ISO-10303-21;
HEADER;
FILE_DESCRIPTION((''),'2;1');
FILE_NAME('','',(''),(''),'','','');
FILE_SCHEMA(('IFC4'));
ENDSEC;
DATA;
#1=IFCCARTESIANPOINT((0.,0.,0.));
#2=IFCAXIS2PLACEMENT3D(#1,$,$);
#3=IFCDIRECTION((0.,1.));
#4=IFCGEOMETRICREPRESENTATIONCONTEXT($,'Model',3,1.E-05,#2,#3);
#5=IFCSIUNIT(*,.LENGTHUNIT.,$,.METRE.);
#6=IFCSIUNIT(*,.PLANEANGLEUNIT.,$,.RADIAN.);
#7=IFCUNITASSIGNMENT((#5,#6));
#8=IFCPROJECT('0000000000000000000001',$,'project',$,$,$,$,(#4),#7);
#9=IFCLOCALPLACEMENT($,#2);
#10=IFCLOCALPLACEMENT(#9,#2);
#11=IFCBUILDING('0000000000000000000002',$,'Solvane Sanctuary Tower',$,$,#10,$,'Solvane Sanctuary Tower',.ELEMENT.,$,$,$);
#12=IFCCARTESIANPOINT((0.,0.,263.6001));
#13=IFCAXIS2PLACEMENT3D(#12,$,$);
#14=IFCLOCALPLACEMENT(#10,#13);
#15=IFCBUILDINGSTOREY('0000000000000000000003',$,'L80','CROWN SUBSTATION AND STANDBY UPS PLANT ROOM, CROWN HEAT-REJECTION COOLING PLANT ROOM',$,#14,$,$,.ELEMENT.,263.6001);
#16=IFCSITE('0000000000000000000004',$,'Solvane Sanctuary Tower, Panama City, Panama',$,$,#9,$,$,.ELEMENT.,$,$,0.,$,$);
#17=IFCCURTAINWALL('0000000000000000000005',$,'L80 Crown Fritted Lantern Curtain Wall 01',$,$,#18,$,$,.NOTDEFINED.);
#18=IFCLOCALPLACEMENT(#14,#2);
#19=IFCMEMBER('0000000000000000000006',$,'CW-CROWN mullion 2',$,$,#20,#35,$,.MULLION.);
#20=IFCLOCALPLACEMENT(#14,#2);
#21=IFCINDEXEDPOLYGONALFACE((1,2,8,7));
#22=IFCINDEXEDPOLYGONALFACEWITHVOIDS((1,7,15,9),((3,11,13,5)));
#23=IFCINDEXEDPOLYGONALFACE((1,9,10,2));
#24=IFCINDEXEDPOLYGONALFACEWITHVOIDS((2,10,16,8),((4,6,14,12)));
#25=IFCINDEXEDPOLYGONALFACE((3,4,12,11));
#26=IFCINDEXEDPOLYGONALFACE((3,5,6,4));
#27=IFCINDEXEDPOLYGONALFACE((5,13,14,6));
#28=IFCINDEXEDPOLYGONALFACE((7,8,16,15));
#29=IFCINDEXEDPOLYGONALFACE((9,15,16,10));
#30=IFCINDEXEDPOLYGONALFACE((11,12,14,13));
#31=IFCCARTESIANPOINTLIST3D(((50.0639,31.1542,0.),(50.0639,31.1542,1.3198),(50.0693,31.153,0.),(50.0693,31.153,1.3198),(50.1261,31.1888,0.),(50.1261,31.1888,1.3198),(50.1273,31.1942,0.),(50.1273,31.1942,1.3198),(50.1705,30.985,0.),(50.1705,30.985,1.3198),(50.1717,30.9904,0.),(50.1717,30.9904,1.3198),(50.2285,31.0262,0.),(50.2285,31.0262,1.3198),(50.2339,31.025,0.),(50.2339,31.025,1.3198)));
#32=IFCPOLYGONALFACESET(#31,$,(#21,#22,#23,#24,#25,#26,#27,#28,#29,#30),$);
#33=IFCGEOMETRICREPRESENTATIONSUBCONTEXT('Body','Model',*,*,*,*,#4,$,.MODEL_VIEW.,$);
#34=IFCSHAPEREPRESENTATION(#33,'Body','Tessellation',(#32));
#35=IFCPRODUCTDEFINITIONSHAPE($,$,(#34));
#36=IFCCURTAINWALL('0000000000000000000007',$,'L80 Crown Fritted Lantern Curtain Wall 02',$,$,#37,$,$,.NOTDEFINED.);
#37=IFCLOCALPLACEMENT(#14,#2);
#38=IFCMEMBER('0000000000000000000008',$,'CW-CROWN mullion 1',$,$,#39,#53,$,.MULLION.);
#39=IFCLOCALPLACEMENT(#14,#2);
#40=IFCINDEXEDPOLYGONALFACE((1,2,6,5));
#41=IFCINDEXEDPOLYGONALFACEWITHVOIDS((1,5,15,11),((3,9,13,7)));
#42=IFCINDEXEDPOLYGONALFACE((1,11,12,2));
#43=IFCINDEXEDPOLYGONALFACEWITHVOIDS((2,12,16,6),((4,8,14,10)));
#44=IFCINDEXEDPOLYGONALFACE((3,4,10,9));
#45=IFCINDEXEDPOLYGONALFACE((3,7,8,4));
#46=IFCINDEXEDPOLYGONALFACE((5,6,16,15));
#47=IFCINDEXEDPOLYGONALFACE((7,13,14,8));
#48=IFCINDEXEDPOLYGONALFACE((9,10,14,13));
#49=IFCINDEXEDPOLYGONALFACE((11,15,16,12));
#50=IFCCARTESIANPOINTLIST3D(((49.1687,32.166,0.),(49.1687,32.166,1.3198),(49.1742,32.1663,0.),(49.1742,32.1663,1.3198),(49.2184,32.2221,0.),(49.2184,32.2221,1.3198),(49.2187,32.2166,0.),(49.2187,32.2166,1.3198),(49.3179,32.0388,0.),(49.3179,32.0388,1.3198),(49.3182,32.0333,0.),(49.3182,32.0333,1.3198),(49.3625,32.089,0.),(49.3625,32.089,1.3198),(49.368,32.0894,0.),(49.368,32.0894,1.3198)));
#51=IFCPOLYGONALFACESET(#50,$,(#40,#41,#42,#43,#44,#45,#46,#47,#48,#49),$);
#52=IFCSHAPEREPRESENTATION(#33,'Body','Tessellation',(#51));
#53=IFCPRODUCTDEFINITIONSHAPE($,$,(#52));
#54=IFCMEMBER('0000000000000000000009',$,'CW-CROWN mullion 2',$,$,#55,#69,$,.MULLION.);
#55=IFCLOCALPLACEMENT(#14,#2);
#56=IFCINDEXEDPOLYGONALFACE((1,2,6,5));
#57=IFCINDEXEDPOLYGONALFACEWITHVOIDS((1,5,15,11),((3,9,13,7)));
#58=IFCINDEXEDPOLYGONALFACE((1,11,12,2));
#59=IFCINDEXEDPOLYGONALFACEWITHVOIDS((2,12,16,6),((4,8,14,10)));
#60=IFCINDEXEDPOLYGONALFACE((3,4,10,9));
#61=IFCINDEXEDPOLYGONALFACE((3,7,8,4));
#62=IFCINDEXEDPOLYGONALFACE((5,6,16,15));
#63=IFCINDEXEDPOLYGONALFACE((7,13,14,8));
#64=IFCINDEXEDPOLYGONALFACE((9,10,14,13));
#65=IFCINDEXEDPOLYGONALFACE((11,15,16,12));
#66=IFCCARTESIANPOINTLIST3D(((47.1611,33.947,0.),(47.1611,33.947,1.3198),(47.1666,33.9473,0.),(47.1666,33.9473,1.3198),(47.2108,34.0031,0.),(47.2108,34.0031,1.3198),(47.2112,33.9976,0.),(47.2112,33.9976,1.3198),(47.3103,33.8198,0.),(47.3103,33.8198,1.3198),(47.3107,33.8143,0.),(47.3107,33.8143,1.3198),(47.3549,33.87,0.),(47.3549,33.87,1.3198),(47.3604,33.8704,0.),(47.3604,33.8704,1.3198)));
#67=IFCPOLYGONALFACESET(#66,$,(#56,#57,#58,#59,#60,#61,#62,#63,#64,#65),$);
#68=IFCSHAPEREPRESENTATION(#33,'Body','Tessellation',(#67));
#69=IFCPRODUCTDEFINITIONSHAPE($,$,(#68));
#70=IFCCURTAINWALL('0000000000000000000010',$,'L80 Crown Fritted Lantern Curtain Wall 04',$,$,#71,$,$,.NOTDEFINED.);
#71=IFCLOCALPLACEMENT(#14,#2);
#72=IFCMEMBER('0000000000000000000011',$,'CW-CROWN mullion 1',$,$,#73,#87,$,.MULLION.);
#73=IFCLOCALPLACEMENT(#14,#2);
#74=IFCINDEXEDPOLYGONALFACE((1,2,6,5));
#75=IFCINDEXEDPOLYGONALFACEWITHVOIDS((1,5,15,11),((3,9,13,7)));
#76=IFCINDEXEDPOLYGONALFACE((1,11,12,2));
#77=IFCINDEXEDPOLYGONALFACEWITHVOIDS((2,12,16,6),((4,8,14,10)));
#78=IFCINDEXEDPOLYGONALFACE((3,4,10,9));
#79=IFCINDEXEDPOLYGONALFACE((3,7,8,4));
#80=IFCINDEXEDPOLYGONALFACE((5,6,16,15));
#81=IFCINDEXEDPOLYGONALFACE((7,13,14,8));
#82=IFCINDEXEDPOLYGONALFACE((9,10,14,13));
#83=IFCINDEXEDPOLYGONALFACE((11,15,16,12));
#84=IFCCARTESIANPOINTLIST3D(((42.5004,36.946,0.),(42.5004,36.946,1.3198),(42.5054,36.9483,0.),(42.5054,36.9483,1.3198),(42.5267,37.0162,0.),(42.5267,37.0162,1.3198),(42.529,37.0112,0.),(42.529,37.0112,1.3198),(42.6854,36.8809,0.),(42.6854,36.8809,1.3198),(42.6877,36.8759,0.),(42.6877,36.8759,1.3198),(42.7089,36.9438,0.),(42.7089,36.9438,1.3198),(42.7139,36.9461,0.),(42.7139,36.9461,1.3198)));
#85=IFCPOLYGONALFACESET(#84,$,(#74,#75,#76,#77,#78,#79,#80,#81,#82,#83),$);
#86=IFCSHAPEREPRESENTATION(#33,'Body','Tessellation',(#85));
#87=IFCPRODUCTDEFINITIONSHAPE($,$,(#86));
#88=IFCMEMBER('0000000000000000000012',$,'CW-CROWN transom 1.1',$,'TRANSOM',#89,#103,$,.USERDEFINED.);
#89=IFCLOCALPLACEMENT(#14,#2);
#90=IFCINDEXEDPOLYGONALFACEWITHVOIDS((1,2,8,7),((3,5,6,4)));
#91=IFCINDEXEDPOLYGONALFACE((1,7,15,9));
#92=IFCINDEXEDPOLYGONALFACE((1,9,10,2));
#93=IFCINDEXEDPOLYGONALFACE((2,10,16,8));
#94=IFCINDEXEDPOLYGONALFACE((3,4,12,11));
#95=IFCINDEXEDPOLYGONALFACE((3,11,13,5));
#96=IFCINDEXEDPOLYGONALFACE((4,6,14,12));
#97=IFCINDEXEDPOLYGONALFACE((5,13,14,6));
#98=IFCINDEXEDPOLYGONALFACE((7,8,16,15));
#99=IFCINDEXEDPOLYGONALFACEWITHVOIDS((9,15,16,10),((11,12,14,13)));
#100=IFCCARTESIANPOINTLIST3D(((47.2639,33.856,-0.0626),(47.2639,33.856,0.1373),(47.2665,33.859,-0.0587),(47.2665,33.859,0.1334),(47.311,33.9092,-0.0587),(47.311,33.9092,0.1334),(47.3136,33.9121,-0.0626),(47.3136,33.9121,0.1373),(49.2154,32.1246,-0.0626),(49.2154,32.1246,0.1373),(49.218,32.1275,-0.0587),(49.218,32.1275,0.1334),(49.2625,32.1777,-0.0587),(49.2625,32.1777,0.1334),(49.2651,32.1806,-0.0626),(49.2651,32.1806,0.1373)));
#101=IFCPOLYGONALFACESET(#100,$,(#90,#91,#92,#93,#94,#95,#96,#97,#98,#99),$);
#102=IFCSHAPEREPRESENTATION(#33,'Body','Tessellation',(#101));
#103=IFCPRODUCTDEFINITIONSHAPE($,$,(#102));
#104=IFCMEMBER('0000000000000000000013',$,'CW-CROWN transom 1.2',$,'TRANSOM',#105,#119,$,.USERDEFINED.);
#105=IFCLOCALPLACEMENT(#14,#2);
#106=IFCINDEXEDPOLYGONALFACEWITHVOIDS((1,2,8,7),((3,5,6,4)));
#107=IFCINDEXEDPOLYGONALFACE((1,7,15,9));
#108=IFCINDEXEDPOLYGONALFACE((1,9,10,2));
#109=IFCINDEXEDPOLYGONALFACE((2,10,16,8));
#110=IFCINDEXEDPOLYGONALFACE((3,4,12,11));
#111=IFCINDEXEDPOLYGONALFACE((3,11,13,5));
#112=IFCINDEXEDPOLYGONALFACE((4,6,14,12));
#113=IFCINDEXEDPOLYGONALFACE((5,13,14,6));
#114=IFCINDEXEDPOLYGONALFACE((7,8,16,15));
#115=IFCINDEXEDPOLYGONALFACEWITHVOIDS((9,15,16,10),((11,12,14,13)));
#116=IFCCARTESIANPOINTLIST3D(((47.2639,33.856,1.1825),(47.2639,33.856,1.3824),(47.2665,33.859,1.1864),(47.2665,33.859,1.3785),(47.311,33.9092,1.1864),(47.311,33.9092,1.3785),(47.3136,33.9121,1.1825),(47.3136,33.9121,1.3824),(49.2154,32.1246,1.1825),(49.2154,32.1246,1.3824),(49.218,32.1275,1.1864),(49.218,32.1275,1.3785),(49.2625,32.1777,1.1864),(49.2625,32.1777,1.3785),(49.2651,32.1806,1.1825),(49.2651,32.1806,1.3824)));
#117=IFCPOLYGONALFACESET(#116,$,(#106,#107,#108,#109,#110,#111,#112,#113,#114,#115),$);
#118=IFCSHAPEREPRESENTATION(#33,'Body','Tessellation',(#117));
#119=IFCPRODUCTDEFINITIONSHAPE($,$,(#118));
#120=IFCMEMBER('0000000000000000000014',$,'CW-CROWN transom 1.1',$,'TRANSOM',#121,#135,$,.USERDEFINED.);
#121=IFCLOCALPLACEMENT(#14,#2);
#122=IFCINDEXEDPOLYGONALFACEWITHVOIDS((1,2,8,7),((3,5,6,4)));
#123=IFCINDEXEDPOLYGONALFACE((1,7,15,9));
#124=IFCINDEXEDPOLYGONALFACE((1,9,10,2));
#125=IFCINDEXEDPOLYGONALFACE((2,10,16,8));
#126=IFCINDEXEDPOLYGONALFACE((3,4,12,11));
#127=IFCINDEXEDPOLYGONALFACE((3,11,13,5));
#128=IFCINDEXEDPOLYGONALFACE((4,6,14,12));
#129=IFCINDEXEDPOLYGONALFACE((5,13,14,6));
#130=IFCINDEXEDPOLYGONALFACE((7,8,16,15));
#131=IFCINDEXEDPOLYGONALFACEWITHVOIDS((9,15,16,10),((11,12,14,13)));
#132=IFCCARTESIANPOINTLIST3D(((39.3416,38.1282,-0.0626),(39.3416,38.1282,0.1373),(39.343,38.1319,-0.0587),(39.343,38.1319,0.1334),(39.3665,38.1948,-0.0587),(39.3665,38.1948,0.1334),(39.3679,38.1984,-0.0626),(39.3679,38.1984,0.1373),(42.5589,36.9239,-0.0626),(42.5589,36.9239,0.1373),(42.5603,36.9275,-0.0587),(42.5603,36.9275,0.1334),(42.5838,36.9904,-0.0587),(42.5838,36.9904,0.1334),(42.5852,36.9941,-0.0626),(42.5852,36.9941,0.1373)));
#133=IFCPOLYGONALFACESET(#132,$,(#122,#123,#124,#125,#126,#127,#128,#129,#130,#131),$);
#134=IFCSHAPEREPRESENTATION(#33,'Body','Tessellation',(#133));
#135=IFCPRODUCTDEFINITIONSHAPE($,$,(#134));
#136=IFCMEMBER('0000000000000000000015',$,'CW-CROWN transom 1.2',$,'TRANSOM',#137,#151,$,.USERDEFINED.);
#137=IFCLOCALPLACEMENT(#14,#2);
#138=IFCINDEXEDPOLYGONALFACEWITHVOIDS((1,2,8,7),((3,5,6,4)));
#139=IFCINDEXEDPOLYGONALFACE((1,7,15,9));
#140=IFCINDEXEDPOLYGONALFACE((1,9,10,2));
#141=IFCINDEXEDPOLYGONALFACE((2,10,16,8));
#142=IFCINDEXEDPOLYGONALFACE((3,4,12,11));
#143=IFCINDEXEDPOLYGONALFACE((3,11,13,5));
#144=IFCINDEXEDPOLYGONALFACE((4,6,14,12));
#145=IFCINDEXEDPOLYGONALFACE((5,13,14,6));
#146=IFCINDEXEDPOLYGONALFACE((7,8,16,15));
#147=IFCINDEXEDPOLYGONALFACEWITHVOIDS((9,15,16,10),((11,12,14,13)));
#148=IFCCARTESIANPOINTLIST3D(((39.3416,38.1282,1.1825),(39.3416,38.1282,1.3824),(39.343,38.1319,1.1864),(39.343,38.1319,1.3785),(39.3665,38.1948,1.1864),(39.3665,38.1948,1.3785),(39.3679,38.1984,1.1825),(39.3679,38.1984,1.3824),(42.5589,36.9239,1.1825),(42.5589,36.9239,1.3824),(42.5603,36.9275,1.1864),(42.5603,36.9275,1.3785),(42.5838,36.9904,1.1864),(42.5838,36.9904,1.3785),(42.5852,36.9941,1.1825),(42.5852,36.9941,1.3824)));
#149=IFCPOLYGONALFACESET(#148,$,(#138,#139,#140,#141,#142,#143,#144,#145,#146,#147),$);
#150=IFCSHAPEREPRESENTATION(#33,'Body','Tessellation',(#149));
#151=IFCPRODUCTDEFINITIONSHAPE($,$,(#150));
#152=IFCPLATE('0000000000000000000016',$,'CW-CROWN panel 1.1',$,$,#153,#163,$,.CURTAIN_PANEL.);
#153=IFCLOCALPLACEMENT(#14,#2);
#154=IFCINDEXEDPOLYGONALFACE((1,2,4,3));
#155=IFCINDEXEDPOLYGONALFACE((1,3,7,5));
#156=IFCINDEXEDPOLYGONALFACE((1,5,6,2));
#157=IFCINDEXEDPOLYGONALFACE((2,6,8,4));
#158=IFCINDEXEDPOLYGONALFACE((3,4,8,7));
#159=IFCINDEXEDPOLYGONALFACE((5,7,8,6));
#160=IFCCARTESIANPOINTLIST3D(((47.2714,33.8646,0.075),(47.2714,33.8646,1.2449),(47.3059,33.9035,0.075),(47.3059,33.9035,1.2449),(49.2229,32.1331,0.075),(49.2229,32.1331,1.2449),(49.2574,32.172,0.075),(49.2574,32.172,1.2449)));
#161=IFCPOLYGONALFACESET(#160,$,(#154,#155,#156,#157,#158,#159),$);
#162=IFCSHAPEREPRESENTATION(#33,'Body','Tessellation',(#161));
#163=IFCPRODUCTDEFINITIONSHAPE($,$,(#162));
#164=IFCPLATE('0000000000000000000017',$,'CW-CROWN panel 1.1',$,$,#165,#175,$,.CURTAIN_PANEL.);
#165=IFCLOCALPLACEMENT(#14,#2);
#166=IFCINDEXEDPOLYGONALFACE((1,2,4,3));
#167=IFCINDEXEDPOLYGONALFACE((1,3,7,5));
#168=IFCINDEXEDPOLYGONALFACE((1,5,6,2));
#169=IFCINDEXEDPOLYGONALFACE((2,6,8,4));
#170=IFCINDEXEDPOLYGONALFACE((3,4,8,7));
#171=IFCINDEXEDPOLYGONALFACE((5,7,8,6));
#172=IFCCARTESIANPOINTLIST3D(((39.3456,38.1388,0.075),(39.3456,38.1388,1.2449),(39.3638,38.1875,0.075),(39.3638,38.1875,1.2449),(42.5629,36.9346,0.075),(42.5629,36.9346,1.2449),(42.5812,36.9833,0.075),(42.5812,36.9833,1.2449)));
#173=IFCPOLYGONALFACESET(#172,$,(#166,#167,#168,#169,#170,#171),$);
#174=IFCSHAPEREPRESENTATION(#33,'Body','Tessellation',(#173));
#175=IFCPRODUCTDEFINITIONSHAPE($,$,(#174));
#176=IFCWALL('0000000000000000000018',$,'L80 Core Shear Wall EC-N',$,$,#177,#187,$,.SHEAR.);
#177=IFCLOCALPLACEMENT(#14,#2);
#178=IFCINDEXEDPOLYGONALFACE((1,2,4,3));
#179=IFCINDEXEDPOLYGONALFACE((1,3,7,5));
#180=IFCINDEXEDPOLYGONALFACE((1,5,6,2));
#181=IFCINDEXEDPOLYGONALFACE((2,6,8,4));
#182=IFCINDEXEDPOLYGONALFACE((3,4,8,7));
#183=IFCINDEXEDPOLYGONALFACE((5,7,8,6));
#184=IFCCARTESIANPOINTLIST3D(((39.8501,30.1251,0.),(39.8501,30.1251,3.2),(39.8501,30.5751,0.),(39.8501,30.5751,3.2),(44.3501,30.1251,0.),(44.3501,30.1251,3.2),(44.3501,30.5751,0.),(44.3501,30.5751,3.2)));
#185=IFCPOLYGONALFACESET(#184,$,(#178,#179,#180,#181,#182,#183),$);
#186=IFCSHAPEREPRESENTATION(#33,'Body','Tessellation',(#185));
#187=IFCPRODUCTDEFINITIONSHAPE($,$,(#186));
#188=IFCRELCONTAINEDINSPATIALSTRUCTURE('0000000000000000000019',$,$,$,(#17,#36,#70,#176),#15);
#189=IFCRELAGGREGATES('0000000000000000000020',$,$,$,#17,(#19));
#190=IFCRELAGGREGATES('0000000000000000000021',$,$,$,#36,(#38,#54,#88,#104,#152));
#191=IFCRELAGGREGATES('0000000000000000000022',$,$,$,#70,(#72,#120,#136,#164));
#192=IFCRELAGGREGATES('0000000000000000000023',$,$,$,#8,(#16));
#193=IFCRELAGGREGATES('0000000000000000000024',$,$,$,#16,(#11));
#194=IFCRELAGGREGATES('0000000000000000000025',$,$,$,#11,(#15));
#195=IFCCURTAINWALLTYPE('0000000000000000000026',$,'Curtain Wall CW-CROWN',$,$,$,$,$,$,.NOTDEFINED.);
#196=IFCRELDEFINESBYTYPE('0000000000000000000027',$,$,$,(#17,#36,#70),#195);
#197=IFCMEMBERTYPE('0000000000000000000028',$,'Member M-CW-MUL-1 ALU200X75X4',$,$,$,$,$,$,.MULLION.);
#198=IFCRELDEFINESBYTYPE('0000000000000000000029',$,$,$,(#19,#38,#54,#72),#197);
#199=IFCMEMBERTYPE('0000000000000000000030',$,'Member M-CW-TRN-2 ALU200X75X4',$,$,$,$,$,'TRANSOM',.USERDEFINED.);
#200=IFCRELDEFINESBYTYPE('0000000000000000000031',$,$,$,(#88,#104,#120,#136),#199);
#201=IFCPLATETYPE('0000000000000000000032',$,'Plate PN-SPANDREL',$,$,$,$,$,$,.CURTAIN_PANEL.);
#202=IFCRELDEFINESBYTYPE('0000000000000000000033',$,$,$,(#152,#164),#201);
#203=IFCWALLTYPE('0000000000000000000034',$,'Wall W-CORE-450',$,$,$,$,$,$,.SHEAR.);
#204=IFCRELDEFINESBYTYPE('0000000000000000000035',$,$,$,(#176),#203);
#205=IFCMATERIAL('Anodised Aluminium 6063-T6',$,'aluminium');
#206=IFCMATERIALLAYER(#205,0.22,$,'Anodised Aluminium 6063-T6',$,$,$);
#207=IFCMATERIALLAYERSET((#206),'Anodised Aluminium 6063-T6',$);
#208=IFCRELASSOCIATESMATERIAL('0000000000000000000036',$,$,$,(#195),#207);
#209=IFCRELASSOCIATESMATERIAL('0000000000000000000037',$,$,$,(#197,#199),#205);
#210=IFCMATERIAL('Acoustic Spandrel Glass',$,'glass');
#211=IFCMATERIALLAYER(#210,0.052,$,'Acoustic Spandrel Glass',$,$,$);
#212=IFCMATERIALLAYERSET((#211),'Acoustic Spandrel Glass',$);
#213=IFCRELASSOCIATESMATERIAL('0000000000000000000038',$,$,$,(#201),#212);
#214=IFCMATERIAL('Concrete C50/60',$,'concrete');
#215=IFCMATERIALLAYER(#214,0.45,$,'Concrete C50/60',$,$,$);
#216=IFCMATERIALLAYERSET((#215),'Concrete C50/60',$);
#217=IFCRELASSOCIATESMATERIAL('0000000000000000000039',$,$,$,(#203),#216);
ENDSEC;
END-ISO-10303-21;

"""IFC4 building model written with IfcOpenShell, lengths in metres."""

from ifc_helpers import new_model, si_unit, direction, frame, frame_2d, origin, origin_2d, place, context, subcontext, project, spatial, rectangle, hollow_rectangle, extrude, material, layer, layer_set, material_profile, profile_set, type_object, element, aggregate, save


model = new_model("IFC4")

# Units and contexts
model_context = context("Model", 3, precision=1e-05, world=origin(), true_north=direction((0.0, 1.0)))
body_context = subcontext(model_context, "Body", "Model", "MODEL_VIEW")
ifc_project = project(units=[si_unit("LENGTHUNIT", "METRE"), si_unit("PLANEANGLEUNIT", "RADIAN")], contexts=[model_context])

# Site, building, storey
site_placement = place(None, origin())
site = spatial("IfcSite", under=ifc_project, at=site_placement, Name="Solvane Sanctuary Tower, Panama City, Panama", CompositionType="ELEMENT", RefElevation=0.0)
building_placement = place(site_placement, origin())
building = spatial("IfcBuilding", under=site, at=building_placement, Name="Solvane Sanctuary Tower", LongName="Solvane Sanctuary Tower", CompositionType="ELEMENT")
storey_placement = place(building_placement, frame((0.0, 0.0, 263.6001)))
storey = spatial("IfcBuildingStorey", under=building, at=storey_placement, Name="L80", Description="CROWN SUBSTATION AND STANDBY UPS PLANT ROOM, CROWN HEAT-REJECTION COOLING PLANT ROOM", CompositionType="ELEMENT", Elevation=263.6001)

# Curtain wall, member
ifc_material_1 = material(Name="Anodised Aluminium 6063-T6", Category="aluminium")
ifc_layer_1 = layer(ifc_material_1, 0.22, Name="Anodised Aluminium 6063-T6")
ifc_layer_set_1 = layer_set([ifc_layer_1], Name="Anodised Aluminium 6063-T6")
curtain_wall_type = type_object("IfcCurtainWallType", Name="Curtain Wall CW-CROWN", PredefinedType="NOTDEFINED", material=ifc_layer_set_1)
curtain_wall_1_placement = place(storey_placement, origin())
curtain_wall_1 = element("IfcCurtainWall", 1, at=curtain_wall_1_placement, inside=storey, type_object=curtain_wall_type, Name="L80 Crown Fritted Lantern Curtain Wall 01", PredefinedType="NOTDEFINED")
ifc_material_profile_1 = material_profile(ifc_material_1, hollow_rectangle(XDim=0.075, YDim=0.2, WallThickness=0.0039, at=origin_2d()), Name="ALU200X75X4")
ifc_profile_set_1 = profile_set([ifc_material_profile_1], Name="Anodised Aluminium 6063-T6")
member_type_1 = type_object("IfcMemberType", Name="Member M-CW-MUL-1 ALU200X75X4", PredefinedType="MULLION", material=ifc_profile_set_1)
member_1_placement = place(storey_placement, frame((50.1489, 31.0896, 0.0), z_axis=(0.0, 0.0, 1.0), x_axis=(-0.846087, -0.533045, 0.0)))
member_1 = element("IfcMember", 2, at=member_1_placement, type_object=member_type_1, Name="CW-CROWN mullion 2", PredefinedType="MULLION", context=body_context, shape_type="SweptSolid", body=[
    extrude(hollow_rectangle(XDim=0.075, YDim=0.2, WallThickness=0.0039, at=origin_2d()), origin(), (0.0, 0.0, 1.0), 1.3198),
])
aggregate(curtain_wall_1, [member_1])

# Curtain wall, members
curtain_wall_2_placement = place(storey_placement, origin())
curtain_wall_2 = element("IfcCurtainWall", 3, at=curtain_wall_2_placement, inside=storey, type_object=curtain_wall_type, Name="L80 Crown Fritted Lantern Curtain Wall 02", PredefinedType="NOTDEFINED")
member_2_placement = place(storey_placement, frame((49.2683, 32.1277, 0.0), z_axis=(0.0, 0.0, 1.0), x_axis=(-0.663675, -0.748021, 0.0)))
member_2 = element("IfcMember", 4, at=member_2_placement, type_object=member_type_1, Name="CW-CROWN mullion 1", PredefinedType="MULLION", context=body_context, shape_type="SweptSolid", body=[
    extrude(hollow_rectangle(XDim=0.075, YDim=0.2, WallThickness=0.0039, at=origin_2d()), origin(), (0.0, 0.0, 1.0), 1.3198),
])
member_3_placement = place(storey_placement, frame((47.2607, 33.9087, 0.0), z_axis=(0.0, 0.0, 1.0), x_axis=(-0.663675, -0.748021, 0.0)))
member_3 = element("IfcMember", 5, at=member_3_placement, type_object=member_type_1, Name="CW-CROWN mullion 2", PredefinedType="MULLION", context=body_context, shape_type="SweptSolid", body=[
    extrude(hollow_rectangle(XDim=0.075, YDim=0.2, WallThickness=0.0039, at=origin_2d()), origin(), (0.0, 0.0, 1.0), 1.3198),
])

# Curtain wall, member
curtain_wall_3_placement = place(storey_placement, origin())
curtain_wall_3 = element("IfcCurtainWall", 6, at=curtain_wall_3_placement, inside=storey, type_object=curtain_wall_type, Name="L80 Crown Fritted Lantern Curtain Wall 04", PredefinedType="NOTDEFINED")
member_4_placement = place(storey_placement, frame((42.6072, 36.946, 0.0), z_axis=(0.0, 0.0, 1.0), x_axis=(-0.350518, -0.936556, 0.0)))
member_4 = element("IfcMember", 7, at=member_4_placement, type_object=member_type_1, Name="CW-CROWN mullion 1", PredefinedType="MULLION", context=body_context, shape_type="SweptSolid", body=[
    extrude(hollow_rectangle(XDim=0.075, YDim=0.2, WallThickness=0.0039, at=origin_2d()), origin(), (0.0, 0.0, 1.0), 1.3198),
])

# Members
ifc_material_profile_2 = material_profile(ifc_material_1, hollow_rectangle(XDim=0.075, YDim=0.2, WallThickness=0.0039, at=origin_2d()), Name="ALU200X75X4")
ifc_profile_set_2 = profile_set([ifc_material_profile_2], Name="Anodised Aluminium 6063-T6")
member_type_2 = type_object("IfcMemberType", Name="Member M-CW-TRN-2 ALU200X75X4", ElementType="TRANSOM", PredefinedType="USERDEFINED", material=ifc_profile_set_2)
member_5_placement = place(storey_placement, frame((49.2402, 32.1526, 0.0374), z_axis=(-0.748008, 0.66369, 0.0), x_axis=(-0.66369, -0.748008, 0.0)))
member_5 = element("IfcMember", 8, at=member_5_placement, type_object=member_type_2, Name="CW-CROWN transom 1.1", ObjectType="TRANSOM", PredefinedType="USERDEFINED", context=body_context, shape_type="SweptSolid", body=[
    extrude(hollow_rectangle(XDim=0.075, YDim=0.2, WallThickness=0.0039, at=origin_2d()), origin(), (0.0, 0.0, 1.0), 2.6089),
])
member_6_placement = place(storey_placement, frame((49.2402, 32.1526, 1.2825), z_axis=(-0.748008, 0.66369, 0.0), x_axis=(-0.66369, -0.748008, 0.0)))
member_6 = element("IfcMember", 9, at=member_6_placement, type_object=member_type_2, Name="CW-CROWN transom 1.2", ObjectType="TRANSOM", PredefinedType="USERDEFINED", context=body_context, shape_type="SweptSolid", body=[
    extrude(hollow_rectangle(XDim=0.075, YDim=0.2, WallThickness=0.0039, at=origin_2d()), origin(), (0.0, 0.0, 1.0), 2.6089),
])
member_7_placement = place(storey_placement, frame((42.572, 36.959, 0.0374), z_axis=(-0.936533, 0.350578, 0.0), x_axis=(-0.350578, -0.936533, 0.0)))
member_7 = element("IfcMember", 10, at=member_7_placement, type_object=member_type_2, Name="CW-CROWN transom 1.1", ObjectType="TRANSOM", PredefinedType="USERDEFINED", context=body_context, shape_type="SweptSolid", body=[
    extrude(hollow_rectangle(XDim=0.075, YDim=0.2, WallThickness=0.0039, at=origin_2d()), origin(), (0.0, 0.0, 1.0), 3.4353),
])
member_8_placement = place(storey_placement, frame((42.572, 36.959, 1.2825), z_axis=(-0.936533, 0.350578, 0.0), x_axis=(-0.350578, -0.936533, 0.0)))
member_8 = element("IfcMember", 11, at=member_8_placement, type_object=member_type_2, Name="CW-CROWN transom 1.2", ObjectType="TRANSOM", PredefinedType="USERDEFINED", context=body_context, shape_type="SweptSolid", body=[
    extrude(hollow_rectangle(XDim=0.075, YDim=0.2, WallThickness=0.0039, at=origin_2d()), origin(), (0.0, 0.0, 1.0), 3.4353),
])

# Plates
ifc_material_2 = material(Name="Acoustic Spandrel Glass", Category="glass")
ifc_layer_2 = layer(ifc_material_2, 0.052, Name="Acoustic Spandrel Glass")
ifc_layer_set_2 = layer_set([ifc_layer_2], Name="Acoustic Spandrel Glass")
plate_type = type_object("IfcPlateType", Name="Plate PN-SPANDREL", PredefinedType="CURTAIN_PANEL", material=ifc_layer_set_2)
plate_1_placement = place(storey_placement, frame((48.2644, 33.0183, 0.075), z_axis=(0.0, 0.0, 1.0), x_axis=(-0.748021, 0.663675, 0.0)))
plate_1 = element("IfcPlate", 12, at=plate_1_placement, type_object=plate_type, Name="CW-CROWN panel 1.1", PredefinedType="CURTAIN_PANEL", context=body_context, shape_type="SweptSolid", body=[
    extrude(rectangle(XDim=2.6089, YDim=0.052, at=origin_2d()), origin(), (0.0, 0.0, 1.0), 1.1699),
])
aggregate(curtain_wall_2, [member_2, member_3, member_5, member_6, plate_1])
plate_2_placement = place(storey_placement, frame((40.9634, 37.561, 0.075), z_axis=(0.0, 0.0, 1.0), x_axis=(-0.936556, 0.350518, 0.0)))
plate_2 = element("IfcPlate", 13, at=plate_2_placement, type_object=plate_type, Name="CW-CROWN panel 1.1", PredefinedType="CURTAIN_PANEL", context=body_context, shape_type="SweptSolid", body=[
    extrude(rectangle(XDim=3.4353, YDim=0.052, at=origin_2d()), origin(), (0.0, 0.0, 1.0), 1.1699),
])
aggregate(curtain_wall_3, [member_4, member_7, member_8, plate_2])

# Wall
ifc_material_3 = material(Name="Concrete C50/60", Category="concrete")
ifc_layer_3 = layer(ifc_material_3, 0.45, Name="Concrete C50/60")
ifc_layer_set_3 = layer_set([ifc_layer_3], Name="Concrete C50/60")
wall_type_1 = type_object("IfcWallType", Name="Wall W-CORE-450", PredefinedType="SHEAR", material=ifc_layer_set_3)
wall_1_placement = place(storey_placement, frame((39.8501, 30.3501, 0.0), z_axis=(0.0, 0.0, 1.0), x_axis=(1.0, 0.0, 0.0)))
element("IfcWall", 14, at=wall_1_placement, inside=storey, type_object=wall_type_1, Name="L80 Core Shear Wall EC-N", PredefinedType="SHEAR", context=body_context, shape_type="SweptSolid", body=[
    extrude(rectangle(XDim=4.5, YDim=0.45, at=frame_2d((2.25, 0.0))), origin(), (0.0, 0.0, 1.0), 3.2),
])

save(model, "model.ifc")
